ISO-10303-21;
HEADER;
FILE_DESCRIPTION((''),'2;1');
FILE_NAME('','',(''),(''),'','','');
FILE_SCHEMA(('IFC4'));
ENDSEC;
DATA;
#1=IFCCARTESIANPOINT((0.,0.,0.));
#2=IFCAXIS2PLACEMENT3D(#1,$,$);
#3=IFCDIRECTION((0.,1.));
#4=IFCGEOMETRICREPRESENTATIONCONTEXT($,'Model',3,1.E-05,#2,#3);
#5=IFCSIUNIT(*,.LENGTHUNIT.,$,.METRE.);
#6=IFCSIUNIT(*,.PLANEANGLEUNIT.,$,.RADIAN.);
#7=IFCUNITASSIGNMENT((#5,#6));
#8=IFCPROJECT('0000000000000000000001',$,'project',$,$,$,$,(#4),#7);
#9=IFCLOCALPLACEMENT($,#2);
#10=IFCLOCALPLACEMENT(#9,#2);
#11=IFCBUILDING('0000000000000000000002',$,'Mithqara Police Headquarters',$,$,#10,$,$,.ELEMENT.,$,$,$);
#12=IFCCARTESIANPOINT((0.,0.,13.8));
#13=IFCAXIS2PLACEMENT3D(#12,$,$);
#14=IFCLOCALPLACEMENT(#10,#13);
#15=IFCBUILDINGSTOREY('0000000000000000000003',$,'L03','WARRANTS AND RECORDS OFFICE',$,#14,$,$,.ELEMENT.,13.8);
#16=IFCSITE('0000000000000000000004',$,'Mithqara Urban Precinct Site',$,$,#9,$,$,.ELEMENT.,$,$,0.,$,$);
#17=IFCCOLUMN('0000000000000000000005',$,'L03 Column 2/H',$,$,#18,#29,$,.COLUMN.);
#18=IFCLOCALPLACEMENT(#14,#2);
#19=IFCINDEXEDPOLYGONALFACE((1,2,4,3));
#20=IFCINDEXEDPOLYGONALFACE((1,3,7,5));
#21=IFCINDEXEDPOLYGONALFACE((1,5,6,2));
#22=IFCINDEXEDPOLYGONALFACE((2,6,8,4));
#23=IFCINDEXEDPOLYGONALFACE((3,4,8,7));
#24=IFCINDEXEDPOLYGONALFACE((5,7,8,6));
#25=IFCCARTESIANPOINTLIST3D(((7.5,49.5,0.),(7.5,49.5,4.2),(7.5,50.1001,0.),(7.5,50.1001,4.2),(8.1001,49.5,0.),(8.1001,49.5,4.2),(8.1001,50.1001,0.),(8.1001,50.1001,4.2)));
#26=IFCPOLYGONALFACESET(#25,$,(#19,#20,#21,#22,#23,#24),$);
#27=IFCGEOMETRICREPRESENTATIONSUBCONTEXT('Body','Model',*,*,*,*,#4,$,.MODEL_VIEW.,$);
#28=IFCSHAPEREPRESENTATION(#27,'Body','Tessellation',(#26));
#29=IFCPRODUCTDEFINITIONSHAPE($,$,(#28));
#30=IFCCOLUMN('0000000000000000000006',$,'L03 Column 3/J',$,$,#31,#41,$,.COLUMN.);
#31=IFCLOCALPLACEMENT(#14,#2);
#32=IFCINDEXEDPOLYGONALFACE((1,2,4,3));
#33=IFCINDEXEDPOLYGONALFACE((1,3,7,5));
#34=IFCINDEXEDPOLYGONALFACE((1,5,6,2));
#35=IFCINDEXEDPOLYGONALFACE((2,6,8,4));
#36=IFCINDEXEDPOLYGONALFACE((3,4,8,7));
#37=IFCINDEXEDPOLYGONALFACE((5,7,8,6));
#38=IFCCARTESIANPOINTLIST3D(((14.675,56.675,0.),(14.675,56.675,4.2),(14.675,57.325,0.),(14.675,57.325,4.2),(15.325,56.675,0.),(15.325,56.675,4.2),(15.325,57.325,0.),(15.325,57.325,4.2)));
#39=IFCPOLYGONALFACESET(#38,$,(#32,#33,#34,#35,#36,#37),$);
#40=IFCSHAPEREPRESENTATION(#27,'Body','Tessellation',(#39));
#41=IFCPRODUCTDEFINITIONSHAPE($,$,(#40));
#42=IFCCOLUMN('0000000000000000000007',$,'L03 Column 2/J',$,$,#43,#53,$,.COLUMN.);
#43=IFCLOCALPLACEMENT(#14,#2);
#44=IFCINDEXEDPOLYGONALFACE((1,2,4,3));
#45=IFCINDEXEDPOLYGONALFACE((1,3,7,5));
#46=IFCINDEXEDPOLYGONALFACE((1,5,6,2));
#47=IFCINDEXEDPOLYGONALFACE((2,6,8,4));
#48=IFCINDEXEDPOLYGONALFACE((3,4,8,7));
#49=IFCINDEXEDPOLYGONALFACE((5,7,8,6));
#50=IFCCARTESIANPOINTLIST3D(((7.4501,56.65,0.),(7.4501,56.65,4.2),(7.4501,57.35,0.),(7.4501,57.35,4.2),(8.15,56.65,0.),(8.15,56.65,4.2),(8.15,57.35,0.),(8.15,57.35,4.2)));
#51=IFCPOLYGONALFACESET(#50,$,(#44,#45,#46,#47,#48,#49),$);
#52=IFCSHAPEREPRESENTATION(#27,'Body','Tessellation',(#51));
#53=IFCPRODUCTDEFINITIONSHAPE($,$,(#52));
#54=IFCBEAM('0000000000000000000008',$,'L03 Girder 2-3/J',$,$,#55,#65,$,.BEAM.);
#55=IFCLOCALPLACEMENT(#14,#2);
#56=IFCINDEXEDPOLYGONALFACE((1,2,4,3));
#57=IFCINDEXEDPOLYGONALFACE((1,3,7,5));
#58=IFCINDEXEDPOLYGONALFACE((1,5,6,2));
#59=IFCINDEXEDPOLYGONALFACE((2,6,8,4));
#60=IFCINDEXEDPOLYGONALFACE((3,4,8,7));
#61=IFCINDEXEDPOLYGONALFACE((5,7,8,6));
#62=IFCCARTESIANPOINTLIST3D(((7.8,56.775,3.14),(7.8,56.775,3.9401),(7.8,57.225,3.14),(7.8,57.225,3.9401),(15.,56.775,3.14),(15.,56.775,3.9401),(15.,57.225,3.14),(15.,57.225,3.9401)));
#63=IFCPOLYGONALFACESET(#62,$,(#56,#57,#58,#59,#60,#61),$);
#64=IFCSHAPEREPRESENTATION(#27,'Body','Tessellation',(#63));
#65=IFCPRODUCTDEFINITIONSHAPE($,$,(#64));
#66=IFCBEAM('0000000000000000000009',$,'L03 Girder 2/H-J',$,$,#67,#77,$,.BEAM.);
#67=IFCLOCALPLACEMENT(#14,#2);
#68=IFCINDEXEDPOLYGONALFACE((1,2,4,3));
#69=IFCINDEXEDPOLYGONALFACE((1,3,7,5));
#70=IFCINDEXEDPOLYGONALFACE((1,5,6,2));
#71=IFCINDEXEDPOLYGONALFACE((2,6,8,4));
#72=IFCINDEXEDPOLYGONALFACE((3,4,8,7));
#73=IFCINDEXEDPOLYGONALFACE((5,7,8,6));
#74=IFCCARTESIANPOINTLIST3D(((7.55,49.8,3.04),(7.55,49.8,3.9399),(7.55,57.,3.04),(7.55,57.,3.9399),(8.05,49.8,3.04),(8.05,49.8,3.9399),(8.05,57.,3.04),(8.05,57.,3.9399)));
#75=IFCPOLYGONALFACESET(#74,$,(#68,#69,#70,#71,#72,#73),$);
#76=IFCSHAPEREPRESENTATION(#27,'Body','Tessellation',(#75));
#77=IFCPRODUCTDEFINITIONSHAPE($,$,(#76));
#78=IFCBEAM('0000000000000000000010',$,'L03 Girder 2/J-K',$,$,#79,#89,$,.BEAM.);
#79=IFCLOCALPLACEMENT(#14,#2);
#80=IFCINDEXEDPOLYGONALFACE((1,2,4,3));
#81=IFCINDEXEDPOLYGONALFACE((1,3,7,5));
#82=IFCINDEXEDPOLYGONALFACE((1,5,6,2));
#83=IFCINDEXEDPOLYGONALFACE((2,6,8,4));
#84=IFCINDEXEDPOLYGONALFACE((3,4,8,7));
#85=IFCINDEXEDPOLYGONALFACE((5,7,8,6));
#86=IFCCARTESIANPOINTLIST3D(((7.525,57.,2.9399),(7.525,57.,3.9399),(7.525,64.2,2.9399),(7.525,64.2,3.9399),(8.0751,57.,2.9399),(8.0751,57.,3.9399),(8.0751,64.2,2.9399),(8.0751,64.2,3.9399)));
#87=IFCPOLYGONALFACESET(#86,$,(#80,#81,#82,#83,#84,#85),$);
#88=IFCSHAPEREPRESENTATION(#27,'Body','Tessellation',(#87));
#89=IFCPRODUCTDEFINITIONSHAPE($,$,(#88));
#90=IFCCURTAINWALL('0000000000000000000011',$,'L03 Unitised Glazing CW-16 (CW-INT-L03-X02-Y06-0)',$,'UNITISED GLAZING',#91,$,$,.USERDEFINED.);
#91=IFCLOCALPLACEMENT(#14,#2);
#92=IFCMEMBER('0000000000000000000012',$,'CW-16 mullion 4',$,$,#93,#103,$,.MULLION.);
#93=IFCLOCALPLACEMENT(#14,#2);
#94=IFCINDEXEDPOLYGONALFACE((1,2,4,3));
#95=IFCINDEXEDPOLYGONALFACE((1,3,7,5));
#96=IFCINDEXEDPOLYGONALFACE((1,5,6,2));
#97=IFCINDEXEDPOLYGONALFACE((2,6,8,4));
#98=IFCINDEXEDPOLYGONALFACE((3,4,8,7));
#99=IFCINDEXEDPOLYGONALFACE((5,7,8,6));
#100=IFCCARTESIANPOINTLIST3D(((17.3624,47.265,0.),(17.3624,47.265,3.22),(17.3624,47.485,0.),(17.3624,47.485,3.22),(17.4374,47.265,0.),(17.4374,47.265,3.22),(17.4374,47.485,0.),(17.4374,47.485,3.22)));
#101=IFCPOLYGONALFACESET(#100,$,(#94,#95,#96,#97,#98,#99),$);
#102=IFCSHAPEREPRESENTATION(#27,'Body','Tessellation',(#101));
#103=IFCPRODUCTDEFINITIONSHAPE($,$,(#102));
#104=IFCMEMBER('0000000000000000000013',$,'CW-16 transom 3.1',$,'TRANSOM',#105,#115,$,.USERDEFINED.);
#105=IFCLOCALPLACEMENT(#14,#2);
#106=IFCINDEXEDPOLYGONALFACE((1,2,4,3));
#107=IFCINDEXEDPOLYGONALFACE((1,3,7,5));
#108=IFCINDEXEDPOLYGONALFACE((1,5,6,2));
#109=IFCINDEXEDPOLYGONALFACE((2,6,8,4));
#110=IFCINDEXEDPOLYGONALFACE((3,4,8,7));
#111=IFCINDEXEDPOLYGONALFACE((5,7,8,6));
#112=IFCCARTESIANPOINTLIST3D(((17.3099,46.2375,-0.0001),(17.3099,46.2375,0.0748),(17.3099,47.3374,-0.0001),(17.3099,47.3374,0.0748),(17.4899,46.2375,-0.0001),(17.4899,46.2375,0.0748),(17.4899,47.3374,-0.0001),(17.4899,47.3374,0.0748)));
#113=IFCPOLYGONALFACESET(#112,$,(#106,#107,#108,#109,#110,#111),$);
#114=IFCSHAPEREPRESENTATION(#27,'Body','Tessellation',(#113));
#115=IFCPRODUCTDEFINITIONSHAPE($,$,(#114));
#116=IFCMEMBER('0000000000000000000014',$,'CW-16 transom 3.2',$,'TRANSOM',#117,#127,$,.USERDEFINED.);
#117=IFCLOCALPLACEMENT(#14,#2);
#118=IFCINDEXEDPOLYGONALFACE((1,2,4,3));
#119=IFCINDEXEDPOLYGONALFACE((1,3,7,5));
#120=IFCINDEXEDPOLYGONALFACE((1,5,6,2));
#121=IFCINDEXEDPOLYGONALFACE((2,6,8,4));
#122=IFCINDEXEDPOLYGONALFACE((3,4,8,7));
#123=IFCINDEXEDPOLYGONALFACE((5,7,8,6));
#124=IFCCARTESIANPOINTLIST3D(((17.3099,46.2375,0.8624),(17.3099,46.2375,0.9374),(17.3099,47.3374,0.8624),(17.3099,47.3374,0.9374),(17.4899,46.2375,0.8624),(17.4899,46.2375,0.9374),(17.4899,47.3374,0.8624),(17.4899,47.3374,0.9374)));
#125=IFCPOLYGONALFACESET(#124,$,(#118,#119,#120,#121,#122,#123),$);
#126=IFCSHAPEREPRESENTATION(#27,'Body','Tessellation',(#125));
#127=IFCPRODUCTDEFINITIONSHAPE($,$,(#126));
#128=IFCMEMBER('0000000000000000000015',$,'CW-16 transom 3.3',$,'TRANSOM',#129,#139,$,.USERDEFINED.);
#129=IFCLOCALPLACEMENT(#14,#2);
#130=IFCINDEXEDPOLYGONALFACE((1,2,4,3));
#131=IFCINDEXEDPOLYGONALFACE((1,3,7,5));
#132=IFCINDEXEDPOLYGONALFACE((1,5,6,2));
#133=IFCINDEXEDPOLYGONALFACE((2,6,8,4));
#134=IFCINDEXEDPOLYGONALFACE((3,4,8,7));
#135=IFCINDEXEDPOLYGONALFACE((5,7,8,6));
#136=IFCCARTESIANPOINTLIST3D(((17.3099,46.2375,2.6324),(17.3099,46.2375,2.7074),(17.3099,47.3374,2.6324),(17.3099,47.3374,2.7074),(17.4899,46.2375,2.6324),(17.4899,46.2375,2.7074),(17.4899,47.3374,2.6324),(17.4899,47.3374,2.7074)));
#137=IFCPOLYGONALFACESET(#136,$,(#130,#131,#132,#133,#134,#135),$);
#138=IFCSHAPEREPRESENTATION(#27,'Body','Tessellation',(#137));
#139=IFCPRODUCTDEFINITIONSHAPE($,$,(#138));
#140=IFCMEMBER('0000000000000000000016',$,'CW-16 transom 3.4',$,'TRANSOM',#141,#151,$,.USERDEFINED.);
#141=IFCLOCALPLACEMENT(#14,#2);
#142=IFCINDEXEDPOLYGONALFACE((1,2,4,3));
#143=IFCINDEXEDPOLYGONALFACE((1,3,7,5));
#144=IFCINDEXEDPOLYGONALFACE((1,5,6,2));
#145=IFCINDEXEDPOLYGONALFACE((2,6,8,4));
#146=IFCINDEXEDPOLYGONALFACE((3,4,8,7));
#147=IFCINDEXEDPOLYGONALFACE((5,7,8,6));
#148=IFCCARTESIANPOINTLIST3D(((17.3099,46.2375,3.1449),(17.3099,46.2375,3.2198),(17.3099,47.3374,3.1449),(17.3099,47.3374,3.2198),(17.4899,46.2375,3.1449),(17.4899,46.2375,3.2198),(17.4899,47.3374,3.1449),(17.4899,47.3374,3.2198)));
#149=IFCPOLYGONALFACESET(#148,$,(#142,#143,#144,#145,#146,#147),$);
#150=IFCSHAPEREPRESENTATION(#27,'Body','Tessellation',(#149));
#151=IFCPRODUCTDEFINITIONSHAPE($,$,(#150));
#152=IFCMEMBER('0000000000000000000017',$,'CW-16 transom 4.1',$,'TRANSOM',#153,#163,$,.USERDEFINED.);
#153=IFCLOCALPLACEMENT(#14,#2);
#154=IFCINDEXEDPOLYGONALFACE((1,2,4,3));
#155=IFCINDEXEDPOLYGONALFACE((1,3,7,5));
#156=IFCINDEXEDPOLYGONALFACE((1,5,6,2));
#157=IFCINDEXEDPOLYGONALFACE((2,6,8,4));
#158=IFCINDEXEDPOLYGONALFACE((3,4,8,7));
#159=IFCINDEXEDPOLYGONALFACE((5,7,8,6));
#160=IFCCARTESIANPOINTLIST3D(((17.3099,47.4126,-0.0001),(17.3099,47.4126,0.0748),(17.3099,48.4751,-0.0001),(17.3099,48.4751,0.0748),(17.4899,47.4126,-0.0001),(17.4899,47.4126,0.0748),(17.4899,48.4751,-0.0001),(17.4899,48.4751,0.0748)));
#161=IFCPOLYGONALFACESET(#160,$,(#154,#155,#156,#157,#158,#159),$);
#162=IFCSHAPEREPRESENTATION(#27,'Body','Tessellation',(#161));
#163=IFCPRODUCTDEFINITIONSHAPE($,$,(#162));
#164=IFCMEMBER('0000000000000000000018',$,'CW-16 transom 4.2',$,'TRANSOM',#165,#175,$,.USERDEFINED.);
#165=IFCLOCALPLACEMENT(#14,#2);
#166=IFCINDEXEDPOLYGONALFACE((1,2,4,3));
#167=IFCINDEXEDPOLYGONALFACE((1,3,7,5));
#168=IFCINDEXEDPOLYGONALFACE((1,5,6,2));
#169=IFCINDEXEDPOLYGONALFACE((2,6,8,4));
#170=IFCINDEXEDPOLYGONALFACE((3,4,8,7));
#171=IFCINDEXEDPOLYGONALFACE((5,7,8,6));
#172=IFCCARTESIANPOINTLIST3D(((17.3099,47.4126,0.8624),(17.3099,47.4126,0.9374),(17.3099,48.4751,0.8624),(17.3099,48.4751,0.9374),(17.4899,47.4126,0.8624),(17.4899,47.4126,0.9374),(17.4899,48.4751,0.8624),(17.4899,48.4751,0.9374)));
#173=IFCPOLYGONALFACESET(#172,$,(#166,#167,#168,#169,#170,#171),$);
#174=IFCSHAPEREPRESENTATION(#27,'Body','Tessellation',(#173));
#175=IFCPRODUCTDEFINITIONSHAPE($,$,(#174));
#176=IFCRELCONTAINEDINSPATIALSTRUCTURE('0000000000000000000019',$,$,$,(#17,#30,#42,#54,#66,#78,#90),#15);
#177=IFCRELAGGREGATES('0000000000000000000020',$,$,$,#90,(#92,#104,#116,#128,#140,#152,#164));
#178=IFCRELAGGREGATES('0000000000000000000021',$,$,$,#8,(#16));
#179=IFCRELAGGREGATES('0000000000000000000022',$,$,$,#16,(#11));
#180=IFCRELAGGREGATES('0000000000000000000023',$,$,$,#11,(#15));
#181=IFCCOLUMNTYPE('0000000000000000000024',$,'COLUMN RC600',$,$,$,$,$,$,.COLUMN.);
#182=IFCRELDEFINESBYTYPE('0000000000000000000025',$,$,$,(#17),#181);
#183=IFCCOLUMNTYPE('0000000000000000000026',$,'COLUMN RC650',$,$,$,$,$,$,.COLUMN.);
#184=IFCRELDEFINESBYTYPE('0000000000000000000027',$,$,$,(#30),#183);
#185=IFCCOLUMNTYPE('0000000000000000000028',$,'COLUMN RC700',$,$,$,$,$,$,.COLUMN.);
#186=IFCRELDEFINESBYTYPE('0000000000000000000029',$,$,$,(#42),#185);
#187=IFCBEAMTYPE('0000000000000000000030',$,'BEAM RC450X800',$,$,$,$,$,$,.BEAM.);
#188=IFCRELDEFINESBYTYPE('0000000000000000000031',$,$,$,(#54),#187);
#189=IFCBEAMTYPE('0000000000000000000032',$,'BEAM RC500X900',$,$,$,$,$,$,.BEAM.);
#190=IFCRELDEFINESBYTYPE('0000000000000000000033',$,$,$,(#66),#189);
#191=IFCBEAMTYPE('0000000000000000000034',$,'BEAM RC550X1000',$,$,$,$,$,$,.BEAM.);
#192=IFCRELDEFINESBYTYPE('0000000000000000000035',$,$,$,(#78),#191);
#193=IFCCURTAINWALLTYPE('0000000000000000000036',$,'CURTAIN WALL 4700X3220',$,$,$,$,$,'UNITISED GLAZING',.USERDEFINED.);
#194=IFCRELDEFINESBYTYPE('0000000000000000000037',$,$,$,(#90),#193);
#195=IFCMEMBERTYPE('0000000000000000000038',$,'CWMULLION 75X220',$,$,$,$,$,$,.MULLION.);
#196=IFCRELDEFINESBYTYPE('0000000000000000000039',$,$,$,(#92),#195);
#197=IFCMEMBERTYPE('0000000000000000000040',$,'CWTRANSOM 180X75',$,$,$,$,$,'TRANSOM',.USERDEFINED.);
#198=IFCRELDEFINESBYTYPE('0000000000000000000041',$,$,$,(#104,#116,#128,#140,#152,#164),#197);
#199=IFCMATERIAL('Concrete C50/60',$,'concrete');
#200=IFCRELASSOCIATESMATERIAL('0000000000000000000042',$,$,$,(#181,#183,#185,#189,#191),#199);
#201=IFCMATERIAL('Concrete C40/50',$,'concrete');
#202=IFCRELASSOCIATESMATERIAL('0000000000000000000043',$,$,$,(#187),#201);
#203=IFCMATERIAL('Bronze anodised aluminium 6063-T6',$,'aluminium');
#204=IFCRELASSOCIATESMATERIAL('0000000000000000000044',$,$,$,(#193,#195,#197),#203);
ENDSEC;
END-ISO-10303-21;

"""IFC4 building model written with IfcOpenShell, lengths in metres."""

from ifc_helpers import new_model, si_unit, direction, frame, origin, origin_2d, place, context, subcontext, project, spatial, rectangle, extrude, material, material_profile, profile_set, type_object, element, aggregate, save


model = new_model("IFC4")

# Units and contexts
model_context = context("Model", 3, precision=1e-05, world=origin(), true_north=direction((0.0, 1.0)))
body_context = subcontext(model_context, "Body", "Model", "MODEL_VIEW")
ifc_project = project(units=[si_unit("LENGTHUNIT", "METRE"), si_unit("PLANEANGLEUNIT", "RADIAN")], contexts=[model_context])

# Site, building, storey
site_placement = place(None, origin())
site = spatial("IfcSite", under=ifc_project, at=site_placement, Name="Mithqara Urban Precinct Site", CompositionType="ELEMENT", RefElevation=0.0)
building_placement = place(site_placement, origin())
building = spatial("IfcBuilding", under=site, at=building_placement, Name="Mithqara Police Headquarters", CompositionType="ELEMENT")
storey_placement = place(building_placement, frame((0.0, 0.0, 13.8)))
storey = spatial("IfcBuildingStorey", under=building, at=storey_placement, Name="L03", Description="WARRANTS AND RECORDS OFFICE", CompositionType="ELEMENT", Elevation=13.8)

# Columns
ifc_material_1 = material(Name="Concrete C50/60", Category="concrete")
ifc_material_profile_1 = material_profile(ifc_material_1, rectangle(XDim=0.6001, YDim=0.6001, at=origin_2d()), Name="RC 600x600")
ifc_profile_set_1 = profile_set([ifc_material_profile_1], Name="Concrete C50/60")
column_type_1 = type_object("IfcColumnType", Name="COLUMN RC600", PredefinedType="COLUMN", material=ifc_profile_set_1)
column_1_placement = place(storey_placement, frame((7.8, 49.8, 0.0), z_axis=(0.0, 0.0, 1.0), x_axis=(1.0, 0.0, 0.0)))
element("IfcColumn", 1, at=column_1_placement, inside=storey, type_object=column_type_1, Name="L03 Column 2/H", PredefinedType="COLUMN", context=body_context, shape_type="SweptSolid", body=[
    extrude(rectangle(XDim=0.6001, YDim=0.6001, at=origin_2d()), origin(), (0.0, 0.0, 1.0), 4.2),
])
ifc_material_profile_2 = material_profile(ifc_material_1, rectangle(XDim=0.6499, YDim=0.6499, at=origin_2d()), Name="RC 650x650")
ifc_profile_set_2 = profile_set([ifc_material_profile_2], Name="Concrete C50/60")
column_type_2 = type_object("IfcColumnType", Name="COLUMN RC650", PredefinedType="COLUMN", material=ifc_profile_set_2)
column_2_placement = place(storey_placement, frame((15.0, 57.0, 0.0), z_axis=(0.0, 0.0, 1.0), x_axis=(1.0, 0.0, 0.0)))
element("IfcColumn", 2, at=column_2_placement, inside=storey, type_object=column_type_2, Name="L03 Column 3/J", PredefinedType="COLUMN", context=body_context, shape_type="SweptSolid", body=[
    extrude(rectangle(XDim=0.6499, YDim=0.6499, at=origin_2d()), origin(), (0.0, 0.0, 1.0), 4.2),
])
ifc_material_profile_3 = material_profile(ifc_material_1, rectangle(XDim=0.7, YDim=0.7, at=origin_2d()), Name="RC 700x700")
ifc_profile_set_3 = profile_set([ifc_material_profile_3], Name="Concrete C50/60")
column_type_3 = type_object("IfcColumnType", Name="COLUMN RC700", PredefinedType="COLUMN", material=ifc_profile_set_3)
column_3_placement = place(storey_placement, frame((7.8, 57.0, 0.0), z_axis=(0.0, 0.0, 1.0), x_axis=(1.0, 0.0, 0.0)))
element("IfcColumn", 3, at=column_3_placement, inside=storey, type_object=column_type_3, Name="L03 Column 2/J", PredefinedType="COLUMN", context=body_context, shape_type="SweptSolid", body=[
    extrude(rectangle(XDim=0.7, YDim=0.7, at=origin_2d()), origin(), (0.0, 0.0, 1.0), 4.2),
])

# Beams
ifc_material_2 = material(Name="Concrete C40/50", Category="concrete")
ifc_material_profile_4 = material_profile(ifc_material_2, rectangle(XDim=0.45, YDim=0.8, at=origin_2d()), Name="RC 450x800")
ifc_profile_set_4 = profile_set([ifc_material_profile_4], Name="Concrete C40/50")
beam_type_1 = type_object("IfcBeamType", Name="BEAM RC450X800", PredefinedType="BEAM", material=ifc_profile_set_4)
beam_1_placement = place(storey_placement, frame((7.8, 57.0, 3.54), z_axis=(1.0, 0.0, 0.0), x_axis=(0.0, 1.0, 0.0)))
element("IfcBeam", 4, at=beam_1_placement, inside=storey, type_object=beam_type_1, Name="L03 Girder 2-3/J", PredefinedType="BEAM", context=body_context, shape_type="SweptSolid", body=[
    extrude(rectangle(XDim=0.45, YDim=0.8, at=origin_2d()), origin(), (0.0, 0.0, 1.0), 7.2),
])
ifc_material_profile_5 = material_profile(ifc_material_1, rectangle(XDim=0.5, YDim=0.8999, at=origin_2d()), Name="RC 500x900")
ifc_profile_set_5 = profile_set([ifc_material_profile_5], Name="Concrete C50/60")
beam_type_2 = type_object("IfcBeamType", Name="BEAM RC500X900", PredefinedType="BEAM", material=ifc_profile_set_5)
beam_2_placement = place(storey_placement, frame((7.8, 49.8, 3.49), z_axis=(0.0, 1.0, 0.0), x_axis=(-1.0, 0.0, 0.0)))
element("IfcBeam", 5, at=beam_2_placement, inside=storey, type_object=beam_type_2, Name="L03 Girder 2/H-J", PredefinedType="BEAM", context=body_context, shape_type="SweptSolid", body=[
    extrude(rectangle(XDim=0.5, YDim=0.8999, at=origin_2d()), origin(), (0.0, 0.0, 1.0), 7.2),
])
ifc_material_profile_6 = material_profile(ifc_material_1, rectangle(XDim=0.55, YDim=1.0, at=origin_2d()), Name="RC 550x1000")
ifc_profile_set_6 = profile_set([ifc_material_profile_6], Name="Concrete C50/60")
beam_type_3 = type_object("IfcBeamType", Name="BEAM RC550X1000", PredefinedType="BEAM", material=ifc_profile_set_6)
beam_3_placement = place(storey_placement, frame((7.8, 57.0, 3.4399), z_axis=(0.0, 1.0, 0.0), x_axis=(-1.0, 0.0, 0.0)))
element("IfcBeam", 6, at=beam_3_placement, inside=storey, type_object=beam_type_3, Name="L03 Girder 2/J-K", PredefinedType="BEAM", context=body_context, shape_type="SweptSolid", body=[
    extrude(rectangle(XDim=0.55, YDim=1.0, at=origin_2d()), origin(), (0.0, 0.0, 1.0), 7.2),
])

# Curtain wall, members
ifc_material_3 = material(Name="Bronze anodised aluminium 6063-T6", Category="aluminium")
curtain_wall_type = type_object("IfcCurtainWallType", Name="CURTAIN WALL 4700X3220", ElementType="UNITISED GLAZING", PredefinedType="USERDEFINED", material=ifc_material_3)
curtain_wall_placement = place(storey_placement, origin())
curtain_wall = element("IfcCurtainWall", 7, at=curtain_wall_placement, inside=storey, type_object=curtain_wall_type, Name="L03 Unitised Glazing CW-16 (CW-INT-L03-X02-Y06-0)", ObjectType="UNITISED GLAZING", PredefinedType="USERDEFINED")
ifc_material_profile_7 = material_profile(ifc_material_3, rectangle(XDim=0.075, YDim=0.22, at=origin_2d()), Name="CWM 75x220")
ifc_profile_set_7 = profile_set([ifc_material_profile_7], Name="Bronze anodised aluminium 6063-T6")
member_type_1 = type_object("IfcMemberType", Name="CWMULLION 75X220", PredefinedType="MULLION", material=ifc_profile_set_7)
member_1_placement = place(storey_placement, frame((17.3999, 47.375, 0.0), z_axis=(0.0, 0.0, 1.0), x_axis=(-1.0, 0.0, 0.0)))
member_1 = element("IfcMember", 8, at=member_1_placement, type_object=member_type_1, Name="CW-16 mullion 4", PredefinedType="MULLION", context=body_context, shape_type="SweptSolid", body=[
    extrude(rectangle(XDim=0.075, YDim=0.22, at=origin_2d()), origin(), (0.0, 0.0, 1.0), 3.22),
])
ifc_material_profile_8 = material_profile(ifc_material_3, rectangle(XDim=0.1799, YDim=0.075, at=origin_2d()), Name="CWT 180x75")
ifc_profile_set_8 = profile_set([ifc_material_profile_8], Name="Bronze anodised aluminium 6063-T6")
member_type_2 = type_object("IfcMemberType", Name="CWTRANSOM 180X75", ElementType="TRANSOM", PredefinedType="USERDEFINED", material=ifc_profile_set_8)
member_2_placement = place(storey_placement, frame((17.3999, 46.2375, 0.0374), z_axis=(0.0, 1.0, 0.0), x_axis=(-1.0, 0.0, 0.0)))
member_2 = element("IfcMember", 9, at=member_2_placement, type_object=member_type_2, Name="CW-16 transom 3.1", ObjectType="TRANSOM", PredefinedType="USERDEFINED", context=body_context, shape_type="SweptSolid", body=[
    extrude(rectangle(XDim=0.1799, YDim=0.075, at=origin_2d()), origin(), (0.0, 0.0, 1.0), 1.0999),
])
member_3_placement = place(storey_placement, frame((17.3999, 46.2375, 0.8999), z_axis=(0.0, 1.0, 0.0), x_axis=(-1.0, 0.0, 0.0)))
member_3 = element("IfcMember", 10, at=member_3_placement, type_object=member_type_2, Name="CW-16 transom 3.2", ObjectType="TRANSOM", PredefinedType="USERDEFINED", context=body_context, shape_type="SweptSolid", body=[
    extrude(rectangle(XDim=0.1799, YDim=0.075, at=origin_2d()), origin(), (0.0, 0.0, 1.0), 1.0999),
])
member_4_placement = place(storey_placement, frame((17.3999, 46.2375, 2.6699), z_axis=(0.0, 1.0, 0.0), x_axis=(-1.0, 0.0, 0.0)))
member_4 = element("IfcMember", 11, at=member_4_placement, type_object=member_type_2, Name="CW-16 transom 3.3", ObjectType="TRANSOM", PredefinedType="USERDEFINED", context=body_context, shape_type="SweptSolid", body=[
    extrude(rectangle(XDim=0.1799, YDim=0.075, at=origin_2d()), origin(), (0.0, 0.0, 1.0), 1.0999),
])
member_5_placement = place(storey_placement, frame((17.3999, 46.2375, 3.1824), z_axis=(0.0, 1.0, 0.0), x_axis=(-1.0, 0.0, 0.0)))
member_5 = element("IfcMember", 12, at=member_5_placement, type_object=member_type_2, Name="CW-16 transom 3.4", ObjectType="TRANSOM", PredefinedType="USERDEFINED", context=body_context, shape_type="SweptSolid", body=[
    extrude(rectangle(XDim=0.1799, YDim=0.075, at=origin_2d()), origin(), (0.0, 0.0, 1.0), 1.0999),
])
member_6_placement = place(storey_placement, frame((17.3999, 47.4126, 0.0374), z_axis=(0.0, 1.0, 0.0), x_axis=(-1.0, 0.0, 0.0)))
member_6 = element("IfcMember", 13, at=member_6_placement, type_object=member_type_2, Name="CW-16 transom 4.1", ObjectType="TRANSOM", PredefinedType="USERDEFINED", context=body_context, shape_type="SweptSolid", body=[
    extrude(rectangle(XDim=0.1799, YDim=0.075, at=origin_2d()), origin(), (0.0, 0.0, 1.0), 1.0625),
])
member_7_placement = place(storey_placement, frame((17.3999, 47.4126, 0.8999), z_axis=(0.0, 1.0, 0.0), x_axis=(-1.0, 0.0, 0.0)))
member_7 = element("IfcMember", 14, at=member_7_placement, type_object=member_type_2, Name="CW-16 transom 4.2", ObjectType="TRANSOM", PredefinedType="USERDEFINED", context=body_context, shape_type="SweptSolid", body=[
    extrude(rectangle(XDim=0.1799, YDim=0.075, at=origin_2d()), origin(), (0.0, 0.0, 1.0), 1.0625),
])

aggregate(curtain_wall, [member_1, member_2, member_3, member_4, member_5, member_6, member_7])

save(model, "model.ifc")
